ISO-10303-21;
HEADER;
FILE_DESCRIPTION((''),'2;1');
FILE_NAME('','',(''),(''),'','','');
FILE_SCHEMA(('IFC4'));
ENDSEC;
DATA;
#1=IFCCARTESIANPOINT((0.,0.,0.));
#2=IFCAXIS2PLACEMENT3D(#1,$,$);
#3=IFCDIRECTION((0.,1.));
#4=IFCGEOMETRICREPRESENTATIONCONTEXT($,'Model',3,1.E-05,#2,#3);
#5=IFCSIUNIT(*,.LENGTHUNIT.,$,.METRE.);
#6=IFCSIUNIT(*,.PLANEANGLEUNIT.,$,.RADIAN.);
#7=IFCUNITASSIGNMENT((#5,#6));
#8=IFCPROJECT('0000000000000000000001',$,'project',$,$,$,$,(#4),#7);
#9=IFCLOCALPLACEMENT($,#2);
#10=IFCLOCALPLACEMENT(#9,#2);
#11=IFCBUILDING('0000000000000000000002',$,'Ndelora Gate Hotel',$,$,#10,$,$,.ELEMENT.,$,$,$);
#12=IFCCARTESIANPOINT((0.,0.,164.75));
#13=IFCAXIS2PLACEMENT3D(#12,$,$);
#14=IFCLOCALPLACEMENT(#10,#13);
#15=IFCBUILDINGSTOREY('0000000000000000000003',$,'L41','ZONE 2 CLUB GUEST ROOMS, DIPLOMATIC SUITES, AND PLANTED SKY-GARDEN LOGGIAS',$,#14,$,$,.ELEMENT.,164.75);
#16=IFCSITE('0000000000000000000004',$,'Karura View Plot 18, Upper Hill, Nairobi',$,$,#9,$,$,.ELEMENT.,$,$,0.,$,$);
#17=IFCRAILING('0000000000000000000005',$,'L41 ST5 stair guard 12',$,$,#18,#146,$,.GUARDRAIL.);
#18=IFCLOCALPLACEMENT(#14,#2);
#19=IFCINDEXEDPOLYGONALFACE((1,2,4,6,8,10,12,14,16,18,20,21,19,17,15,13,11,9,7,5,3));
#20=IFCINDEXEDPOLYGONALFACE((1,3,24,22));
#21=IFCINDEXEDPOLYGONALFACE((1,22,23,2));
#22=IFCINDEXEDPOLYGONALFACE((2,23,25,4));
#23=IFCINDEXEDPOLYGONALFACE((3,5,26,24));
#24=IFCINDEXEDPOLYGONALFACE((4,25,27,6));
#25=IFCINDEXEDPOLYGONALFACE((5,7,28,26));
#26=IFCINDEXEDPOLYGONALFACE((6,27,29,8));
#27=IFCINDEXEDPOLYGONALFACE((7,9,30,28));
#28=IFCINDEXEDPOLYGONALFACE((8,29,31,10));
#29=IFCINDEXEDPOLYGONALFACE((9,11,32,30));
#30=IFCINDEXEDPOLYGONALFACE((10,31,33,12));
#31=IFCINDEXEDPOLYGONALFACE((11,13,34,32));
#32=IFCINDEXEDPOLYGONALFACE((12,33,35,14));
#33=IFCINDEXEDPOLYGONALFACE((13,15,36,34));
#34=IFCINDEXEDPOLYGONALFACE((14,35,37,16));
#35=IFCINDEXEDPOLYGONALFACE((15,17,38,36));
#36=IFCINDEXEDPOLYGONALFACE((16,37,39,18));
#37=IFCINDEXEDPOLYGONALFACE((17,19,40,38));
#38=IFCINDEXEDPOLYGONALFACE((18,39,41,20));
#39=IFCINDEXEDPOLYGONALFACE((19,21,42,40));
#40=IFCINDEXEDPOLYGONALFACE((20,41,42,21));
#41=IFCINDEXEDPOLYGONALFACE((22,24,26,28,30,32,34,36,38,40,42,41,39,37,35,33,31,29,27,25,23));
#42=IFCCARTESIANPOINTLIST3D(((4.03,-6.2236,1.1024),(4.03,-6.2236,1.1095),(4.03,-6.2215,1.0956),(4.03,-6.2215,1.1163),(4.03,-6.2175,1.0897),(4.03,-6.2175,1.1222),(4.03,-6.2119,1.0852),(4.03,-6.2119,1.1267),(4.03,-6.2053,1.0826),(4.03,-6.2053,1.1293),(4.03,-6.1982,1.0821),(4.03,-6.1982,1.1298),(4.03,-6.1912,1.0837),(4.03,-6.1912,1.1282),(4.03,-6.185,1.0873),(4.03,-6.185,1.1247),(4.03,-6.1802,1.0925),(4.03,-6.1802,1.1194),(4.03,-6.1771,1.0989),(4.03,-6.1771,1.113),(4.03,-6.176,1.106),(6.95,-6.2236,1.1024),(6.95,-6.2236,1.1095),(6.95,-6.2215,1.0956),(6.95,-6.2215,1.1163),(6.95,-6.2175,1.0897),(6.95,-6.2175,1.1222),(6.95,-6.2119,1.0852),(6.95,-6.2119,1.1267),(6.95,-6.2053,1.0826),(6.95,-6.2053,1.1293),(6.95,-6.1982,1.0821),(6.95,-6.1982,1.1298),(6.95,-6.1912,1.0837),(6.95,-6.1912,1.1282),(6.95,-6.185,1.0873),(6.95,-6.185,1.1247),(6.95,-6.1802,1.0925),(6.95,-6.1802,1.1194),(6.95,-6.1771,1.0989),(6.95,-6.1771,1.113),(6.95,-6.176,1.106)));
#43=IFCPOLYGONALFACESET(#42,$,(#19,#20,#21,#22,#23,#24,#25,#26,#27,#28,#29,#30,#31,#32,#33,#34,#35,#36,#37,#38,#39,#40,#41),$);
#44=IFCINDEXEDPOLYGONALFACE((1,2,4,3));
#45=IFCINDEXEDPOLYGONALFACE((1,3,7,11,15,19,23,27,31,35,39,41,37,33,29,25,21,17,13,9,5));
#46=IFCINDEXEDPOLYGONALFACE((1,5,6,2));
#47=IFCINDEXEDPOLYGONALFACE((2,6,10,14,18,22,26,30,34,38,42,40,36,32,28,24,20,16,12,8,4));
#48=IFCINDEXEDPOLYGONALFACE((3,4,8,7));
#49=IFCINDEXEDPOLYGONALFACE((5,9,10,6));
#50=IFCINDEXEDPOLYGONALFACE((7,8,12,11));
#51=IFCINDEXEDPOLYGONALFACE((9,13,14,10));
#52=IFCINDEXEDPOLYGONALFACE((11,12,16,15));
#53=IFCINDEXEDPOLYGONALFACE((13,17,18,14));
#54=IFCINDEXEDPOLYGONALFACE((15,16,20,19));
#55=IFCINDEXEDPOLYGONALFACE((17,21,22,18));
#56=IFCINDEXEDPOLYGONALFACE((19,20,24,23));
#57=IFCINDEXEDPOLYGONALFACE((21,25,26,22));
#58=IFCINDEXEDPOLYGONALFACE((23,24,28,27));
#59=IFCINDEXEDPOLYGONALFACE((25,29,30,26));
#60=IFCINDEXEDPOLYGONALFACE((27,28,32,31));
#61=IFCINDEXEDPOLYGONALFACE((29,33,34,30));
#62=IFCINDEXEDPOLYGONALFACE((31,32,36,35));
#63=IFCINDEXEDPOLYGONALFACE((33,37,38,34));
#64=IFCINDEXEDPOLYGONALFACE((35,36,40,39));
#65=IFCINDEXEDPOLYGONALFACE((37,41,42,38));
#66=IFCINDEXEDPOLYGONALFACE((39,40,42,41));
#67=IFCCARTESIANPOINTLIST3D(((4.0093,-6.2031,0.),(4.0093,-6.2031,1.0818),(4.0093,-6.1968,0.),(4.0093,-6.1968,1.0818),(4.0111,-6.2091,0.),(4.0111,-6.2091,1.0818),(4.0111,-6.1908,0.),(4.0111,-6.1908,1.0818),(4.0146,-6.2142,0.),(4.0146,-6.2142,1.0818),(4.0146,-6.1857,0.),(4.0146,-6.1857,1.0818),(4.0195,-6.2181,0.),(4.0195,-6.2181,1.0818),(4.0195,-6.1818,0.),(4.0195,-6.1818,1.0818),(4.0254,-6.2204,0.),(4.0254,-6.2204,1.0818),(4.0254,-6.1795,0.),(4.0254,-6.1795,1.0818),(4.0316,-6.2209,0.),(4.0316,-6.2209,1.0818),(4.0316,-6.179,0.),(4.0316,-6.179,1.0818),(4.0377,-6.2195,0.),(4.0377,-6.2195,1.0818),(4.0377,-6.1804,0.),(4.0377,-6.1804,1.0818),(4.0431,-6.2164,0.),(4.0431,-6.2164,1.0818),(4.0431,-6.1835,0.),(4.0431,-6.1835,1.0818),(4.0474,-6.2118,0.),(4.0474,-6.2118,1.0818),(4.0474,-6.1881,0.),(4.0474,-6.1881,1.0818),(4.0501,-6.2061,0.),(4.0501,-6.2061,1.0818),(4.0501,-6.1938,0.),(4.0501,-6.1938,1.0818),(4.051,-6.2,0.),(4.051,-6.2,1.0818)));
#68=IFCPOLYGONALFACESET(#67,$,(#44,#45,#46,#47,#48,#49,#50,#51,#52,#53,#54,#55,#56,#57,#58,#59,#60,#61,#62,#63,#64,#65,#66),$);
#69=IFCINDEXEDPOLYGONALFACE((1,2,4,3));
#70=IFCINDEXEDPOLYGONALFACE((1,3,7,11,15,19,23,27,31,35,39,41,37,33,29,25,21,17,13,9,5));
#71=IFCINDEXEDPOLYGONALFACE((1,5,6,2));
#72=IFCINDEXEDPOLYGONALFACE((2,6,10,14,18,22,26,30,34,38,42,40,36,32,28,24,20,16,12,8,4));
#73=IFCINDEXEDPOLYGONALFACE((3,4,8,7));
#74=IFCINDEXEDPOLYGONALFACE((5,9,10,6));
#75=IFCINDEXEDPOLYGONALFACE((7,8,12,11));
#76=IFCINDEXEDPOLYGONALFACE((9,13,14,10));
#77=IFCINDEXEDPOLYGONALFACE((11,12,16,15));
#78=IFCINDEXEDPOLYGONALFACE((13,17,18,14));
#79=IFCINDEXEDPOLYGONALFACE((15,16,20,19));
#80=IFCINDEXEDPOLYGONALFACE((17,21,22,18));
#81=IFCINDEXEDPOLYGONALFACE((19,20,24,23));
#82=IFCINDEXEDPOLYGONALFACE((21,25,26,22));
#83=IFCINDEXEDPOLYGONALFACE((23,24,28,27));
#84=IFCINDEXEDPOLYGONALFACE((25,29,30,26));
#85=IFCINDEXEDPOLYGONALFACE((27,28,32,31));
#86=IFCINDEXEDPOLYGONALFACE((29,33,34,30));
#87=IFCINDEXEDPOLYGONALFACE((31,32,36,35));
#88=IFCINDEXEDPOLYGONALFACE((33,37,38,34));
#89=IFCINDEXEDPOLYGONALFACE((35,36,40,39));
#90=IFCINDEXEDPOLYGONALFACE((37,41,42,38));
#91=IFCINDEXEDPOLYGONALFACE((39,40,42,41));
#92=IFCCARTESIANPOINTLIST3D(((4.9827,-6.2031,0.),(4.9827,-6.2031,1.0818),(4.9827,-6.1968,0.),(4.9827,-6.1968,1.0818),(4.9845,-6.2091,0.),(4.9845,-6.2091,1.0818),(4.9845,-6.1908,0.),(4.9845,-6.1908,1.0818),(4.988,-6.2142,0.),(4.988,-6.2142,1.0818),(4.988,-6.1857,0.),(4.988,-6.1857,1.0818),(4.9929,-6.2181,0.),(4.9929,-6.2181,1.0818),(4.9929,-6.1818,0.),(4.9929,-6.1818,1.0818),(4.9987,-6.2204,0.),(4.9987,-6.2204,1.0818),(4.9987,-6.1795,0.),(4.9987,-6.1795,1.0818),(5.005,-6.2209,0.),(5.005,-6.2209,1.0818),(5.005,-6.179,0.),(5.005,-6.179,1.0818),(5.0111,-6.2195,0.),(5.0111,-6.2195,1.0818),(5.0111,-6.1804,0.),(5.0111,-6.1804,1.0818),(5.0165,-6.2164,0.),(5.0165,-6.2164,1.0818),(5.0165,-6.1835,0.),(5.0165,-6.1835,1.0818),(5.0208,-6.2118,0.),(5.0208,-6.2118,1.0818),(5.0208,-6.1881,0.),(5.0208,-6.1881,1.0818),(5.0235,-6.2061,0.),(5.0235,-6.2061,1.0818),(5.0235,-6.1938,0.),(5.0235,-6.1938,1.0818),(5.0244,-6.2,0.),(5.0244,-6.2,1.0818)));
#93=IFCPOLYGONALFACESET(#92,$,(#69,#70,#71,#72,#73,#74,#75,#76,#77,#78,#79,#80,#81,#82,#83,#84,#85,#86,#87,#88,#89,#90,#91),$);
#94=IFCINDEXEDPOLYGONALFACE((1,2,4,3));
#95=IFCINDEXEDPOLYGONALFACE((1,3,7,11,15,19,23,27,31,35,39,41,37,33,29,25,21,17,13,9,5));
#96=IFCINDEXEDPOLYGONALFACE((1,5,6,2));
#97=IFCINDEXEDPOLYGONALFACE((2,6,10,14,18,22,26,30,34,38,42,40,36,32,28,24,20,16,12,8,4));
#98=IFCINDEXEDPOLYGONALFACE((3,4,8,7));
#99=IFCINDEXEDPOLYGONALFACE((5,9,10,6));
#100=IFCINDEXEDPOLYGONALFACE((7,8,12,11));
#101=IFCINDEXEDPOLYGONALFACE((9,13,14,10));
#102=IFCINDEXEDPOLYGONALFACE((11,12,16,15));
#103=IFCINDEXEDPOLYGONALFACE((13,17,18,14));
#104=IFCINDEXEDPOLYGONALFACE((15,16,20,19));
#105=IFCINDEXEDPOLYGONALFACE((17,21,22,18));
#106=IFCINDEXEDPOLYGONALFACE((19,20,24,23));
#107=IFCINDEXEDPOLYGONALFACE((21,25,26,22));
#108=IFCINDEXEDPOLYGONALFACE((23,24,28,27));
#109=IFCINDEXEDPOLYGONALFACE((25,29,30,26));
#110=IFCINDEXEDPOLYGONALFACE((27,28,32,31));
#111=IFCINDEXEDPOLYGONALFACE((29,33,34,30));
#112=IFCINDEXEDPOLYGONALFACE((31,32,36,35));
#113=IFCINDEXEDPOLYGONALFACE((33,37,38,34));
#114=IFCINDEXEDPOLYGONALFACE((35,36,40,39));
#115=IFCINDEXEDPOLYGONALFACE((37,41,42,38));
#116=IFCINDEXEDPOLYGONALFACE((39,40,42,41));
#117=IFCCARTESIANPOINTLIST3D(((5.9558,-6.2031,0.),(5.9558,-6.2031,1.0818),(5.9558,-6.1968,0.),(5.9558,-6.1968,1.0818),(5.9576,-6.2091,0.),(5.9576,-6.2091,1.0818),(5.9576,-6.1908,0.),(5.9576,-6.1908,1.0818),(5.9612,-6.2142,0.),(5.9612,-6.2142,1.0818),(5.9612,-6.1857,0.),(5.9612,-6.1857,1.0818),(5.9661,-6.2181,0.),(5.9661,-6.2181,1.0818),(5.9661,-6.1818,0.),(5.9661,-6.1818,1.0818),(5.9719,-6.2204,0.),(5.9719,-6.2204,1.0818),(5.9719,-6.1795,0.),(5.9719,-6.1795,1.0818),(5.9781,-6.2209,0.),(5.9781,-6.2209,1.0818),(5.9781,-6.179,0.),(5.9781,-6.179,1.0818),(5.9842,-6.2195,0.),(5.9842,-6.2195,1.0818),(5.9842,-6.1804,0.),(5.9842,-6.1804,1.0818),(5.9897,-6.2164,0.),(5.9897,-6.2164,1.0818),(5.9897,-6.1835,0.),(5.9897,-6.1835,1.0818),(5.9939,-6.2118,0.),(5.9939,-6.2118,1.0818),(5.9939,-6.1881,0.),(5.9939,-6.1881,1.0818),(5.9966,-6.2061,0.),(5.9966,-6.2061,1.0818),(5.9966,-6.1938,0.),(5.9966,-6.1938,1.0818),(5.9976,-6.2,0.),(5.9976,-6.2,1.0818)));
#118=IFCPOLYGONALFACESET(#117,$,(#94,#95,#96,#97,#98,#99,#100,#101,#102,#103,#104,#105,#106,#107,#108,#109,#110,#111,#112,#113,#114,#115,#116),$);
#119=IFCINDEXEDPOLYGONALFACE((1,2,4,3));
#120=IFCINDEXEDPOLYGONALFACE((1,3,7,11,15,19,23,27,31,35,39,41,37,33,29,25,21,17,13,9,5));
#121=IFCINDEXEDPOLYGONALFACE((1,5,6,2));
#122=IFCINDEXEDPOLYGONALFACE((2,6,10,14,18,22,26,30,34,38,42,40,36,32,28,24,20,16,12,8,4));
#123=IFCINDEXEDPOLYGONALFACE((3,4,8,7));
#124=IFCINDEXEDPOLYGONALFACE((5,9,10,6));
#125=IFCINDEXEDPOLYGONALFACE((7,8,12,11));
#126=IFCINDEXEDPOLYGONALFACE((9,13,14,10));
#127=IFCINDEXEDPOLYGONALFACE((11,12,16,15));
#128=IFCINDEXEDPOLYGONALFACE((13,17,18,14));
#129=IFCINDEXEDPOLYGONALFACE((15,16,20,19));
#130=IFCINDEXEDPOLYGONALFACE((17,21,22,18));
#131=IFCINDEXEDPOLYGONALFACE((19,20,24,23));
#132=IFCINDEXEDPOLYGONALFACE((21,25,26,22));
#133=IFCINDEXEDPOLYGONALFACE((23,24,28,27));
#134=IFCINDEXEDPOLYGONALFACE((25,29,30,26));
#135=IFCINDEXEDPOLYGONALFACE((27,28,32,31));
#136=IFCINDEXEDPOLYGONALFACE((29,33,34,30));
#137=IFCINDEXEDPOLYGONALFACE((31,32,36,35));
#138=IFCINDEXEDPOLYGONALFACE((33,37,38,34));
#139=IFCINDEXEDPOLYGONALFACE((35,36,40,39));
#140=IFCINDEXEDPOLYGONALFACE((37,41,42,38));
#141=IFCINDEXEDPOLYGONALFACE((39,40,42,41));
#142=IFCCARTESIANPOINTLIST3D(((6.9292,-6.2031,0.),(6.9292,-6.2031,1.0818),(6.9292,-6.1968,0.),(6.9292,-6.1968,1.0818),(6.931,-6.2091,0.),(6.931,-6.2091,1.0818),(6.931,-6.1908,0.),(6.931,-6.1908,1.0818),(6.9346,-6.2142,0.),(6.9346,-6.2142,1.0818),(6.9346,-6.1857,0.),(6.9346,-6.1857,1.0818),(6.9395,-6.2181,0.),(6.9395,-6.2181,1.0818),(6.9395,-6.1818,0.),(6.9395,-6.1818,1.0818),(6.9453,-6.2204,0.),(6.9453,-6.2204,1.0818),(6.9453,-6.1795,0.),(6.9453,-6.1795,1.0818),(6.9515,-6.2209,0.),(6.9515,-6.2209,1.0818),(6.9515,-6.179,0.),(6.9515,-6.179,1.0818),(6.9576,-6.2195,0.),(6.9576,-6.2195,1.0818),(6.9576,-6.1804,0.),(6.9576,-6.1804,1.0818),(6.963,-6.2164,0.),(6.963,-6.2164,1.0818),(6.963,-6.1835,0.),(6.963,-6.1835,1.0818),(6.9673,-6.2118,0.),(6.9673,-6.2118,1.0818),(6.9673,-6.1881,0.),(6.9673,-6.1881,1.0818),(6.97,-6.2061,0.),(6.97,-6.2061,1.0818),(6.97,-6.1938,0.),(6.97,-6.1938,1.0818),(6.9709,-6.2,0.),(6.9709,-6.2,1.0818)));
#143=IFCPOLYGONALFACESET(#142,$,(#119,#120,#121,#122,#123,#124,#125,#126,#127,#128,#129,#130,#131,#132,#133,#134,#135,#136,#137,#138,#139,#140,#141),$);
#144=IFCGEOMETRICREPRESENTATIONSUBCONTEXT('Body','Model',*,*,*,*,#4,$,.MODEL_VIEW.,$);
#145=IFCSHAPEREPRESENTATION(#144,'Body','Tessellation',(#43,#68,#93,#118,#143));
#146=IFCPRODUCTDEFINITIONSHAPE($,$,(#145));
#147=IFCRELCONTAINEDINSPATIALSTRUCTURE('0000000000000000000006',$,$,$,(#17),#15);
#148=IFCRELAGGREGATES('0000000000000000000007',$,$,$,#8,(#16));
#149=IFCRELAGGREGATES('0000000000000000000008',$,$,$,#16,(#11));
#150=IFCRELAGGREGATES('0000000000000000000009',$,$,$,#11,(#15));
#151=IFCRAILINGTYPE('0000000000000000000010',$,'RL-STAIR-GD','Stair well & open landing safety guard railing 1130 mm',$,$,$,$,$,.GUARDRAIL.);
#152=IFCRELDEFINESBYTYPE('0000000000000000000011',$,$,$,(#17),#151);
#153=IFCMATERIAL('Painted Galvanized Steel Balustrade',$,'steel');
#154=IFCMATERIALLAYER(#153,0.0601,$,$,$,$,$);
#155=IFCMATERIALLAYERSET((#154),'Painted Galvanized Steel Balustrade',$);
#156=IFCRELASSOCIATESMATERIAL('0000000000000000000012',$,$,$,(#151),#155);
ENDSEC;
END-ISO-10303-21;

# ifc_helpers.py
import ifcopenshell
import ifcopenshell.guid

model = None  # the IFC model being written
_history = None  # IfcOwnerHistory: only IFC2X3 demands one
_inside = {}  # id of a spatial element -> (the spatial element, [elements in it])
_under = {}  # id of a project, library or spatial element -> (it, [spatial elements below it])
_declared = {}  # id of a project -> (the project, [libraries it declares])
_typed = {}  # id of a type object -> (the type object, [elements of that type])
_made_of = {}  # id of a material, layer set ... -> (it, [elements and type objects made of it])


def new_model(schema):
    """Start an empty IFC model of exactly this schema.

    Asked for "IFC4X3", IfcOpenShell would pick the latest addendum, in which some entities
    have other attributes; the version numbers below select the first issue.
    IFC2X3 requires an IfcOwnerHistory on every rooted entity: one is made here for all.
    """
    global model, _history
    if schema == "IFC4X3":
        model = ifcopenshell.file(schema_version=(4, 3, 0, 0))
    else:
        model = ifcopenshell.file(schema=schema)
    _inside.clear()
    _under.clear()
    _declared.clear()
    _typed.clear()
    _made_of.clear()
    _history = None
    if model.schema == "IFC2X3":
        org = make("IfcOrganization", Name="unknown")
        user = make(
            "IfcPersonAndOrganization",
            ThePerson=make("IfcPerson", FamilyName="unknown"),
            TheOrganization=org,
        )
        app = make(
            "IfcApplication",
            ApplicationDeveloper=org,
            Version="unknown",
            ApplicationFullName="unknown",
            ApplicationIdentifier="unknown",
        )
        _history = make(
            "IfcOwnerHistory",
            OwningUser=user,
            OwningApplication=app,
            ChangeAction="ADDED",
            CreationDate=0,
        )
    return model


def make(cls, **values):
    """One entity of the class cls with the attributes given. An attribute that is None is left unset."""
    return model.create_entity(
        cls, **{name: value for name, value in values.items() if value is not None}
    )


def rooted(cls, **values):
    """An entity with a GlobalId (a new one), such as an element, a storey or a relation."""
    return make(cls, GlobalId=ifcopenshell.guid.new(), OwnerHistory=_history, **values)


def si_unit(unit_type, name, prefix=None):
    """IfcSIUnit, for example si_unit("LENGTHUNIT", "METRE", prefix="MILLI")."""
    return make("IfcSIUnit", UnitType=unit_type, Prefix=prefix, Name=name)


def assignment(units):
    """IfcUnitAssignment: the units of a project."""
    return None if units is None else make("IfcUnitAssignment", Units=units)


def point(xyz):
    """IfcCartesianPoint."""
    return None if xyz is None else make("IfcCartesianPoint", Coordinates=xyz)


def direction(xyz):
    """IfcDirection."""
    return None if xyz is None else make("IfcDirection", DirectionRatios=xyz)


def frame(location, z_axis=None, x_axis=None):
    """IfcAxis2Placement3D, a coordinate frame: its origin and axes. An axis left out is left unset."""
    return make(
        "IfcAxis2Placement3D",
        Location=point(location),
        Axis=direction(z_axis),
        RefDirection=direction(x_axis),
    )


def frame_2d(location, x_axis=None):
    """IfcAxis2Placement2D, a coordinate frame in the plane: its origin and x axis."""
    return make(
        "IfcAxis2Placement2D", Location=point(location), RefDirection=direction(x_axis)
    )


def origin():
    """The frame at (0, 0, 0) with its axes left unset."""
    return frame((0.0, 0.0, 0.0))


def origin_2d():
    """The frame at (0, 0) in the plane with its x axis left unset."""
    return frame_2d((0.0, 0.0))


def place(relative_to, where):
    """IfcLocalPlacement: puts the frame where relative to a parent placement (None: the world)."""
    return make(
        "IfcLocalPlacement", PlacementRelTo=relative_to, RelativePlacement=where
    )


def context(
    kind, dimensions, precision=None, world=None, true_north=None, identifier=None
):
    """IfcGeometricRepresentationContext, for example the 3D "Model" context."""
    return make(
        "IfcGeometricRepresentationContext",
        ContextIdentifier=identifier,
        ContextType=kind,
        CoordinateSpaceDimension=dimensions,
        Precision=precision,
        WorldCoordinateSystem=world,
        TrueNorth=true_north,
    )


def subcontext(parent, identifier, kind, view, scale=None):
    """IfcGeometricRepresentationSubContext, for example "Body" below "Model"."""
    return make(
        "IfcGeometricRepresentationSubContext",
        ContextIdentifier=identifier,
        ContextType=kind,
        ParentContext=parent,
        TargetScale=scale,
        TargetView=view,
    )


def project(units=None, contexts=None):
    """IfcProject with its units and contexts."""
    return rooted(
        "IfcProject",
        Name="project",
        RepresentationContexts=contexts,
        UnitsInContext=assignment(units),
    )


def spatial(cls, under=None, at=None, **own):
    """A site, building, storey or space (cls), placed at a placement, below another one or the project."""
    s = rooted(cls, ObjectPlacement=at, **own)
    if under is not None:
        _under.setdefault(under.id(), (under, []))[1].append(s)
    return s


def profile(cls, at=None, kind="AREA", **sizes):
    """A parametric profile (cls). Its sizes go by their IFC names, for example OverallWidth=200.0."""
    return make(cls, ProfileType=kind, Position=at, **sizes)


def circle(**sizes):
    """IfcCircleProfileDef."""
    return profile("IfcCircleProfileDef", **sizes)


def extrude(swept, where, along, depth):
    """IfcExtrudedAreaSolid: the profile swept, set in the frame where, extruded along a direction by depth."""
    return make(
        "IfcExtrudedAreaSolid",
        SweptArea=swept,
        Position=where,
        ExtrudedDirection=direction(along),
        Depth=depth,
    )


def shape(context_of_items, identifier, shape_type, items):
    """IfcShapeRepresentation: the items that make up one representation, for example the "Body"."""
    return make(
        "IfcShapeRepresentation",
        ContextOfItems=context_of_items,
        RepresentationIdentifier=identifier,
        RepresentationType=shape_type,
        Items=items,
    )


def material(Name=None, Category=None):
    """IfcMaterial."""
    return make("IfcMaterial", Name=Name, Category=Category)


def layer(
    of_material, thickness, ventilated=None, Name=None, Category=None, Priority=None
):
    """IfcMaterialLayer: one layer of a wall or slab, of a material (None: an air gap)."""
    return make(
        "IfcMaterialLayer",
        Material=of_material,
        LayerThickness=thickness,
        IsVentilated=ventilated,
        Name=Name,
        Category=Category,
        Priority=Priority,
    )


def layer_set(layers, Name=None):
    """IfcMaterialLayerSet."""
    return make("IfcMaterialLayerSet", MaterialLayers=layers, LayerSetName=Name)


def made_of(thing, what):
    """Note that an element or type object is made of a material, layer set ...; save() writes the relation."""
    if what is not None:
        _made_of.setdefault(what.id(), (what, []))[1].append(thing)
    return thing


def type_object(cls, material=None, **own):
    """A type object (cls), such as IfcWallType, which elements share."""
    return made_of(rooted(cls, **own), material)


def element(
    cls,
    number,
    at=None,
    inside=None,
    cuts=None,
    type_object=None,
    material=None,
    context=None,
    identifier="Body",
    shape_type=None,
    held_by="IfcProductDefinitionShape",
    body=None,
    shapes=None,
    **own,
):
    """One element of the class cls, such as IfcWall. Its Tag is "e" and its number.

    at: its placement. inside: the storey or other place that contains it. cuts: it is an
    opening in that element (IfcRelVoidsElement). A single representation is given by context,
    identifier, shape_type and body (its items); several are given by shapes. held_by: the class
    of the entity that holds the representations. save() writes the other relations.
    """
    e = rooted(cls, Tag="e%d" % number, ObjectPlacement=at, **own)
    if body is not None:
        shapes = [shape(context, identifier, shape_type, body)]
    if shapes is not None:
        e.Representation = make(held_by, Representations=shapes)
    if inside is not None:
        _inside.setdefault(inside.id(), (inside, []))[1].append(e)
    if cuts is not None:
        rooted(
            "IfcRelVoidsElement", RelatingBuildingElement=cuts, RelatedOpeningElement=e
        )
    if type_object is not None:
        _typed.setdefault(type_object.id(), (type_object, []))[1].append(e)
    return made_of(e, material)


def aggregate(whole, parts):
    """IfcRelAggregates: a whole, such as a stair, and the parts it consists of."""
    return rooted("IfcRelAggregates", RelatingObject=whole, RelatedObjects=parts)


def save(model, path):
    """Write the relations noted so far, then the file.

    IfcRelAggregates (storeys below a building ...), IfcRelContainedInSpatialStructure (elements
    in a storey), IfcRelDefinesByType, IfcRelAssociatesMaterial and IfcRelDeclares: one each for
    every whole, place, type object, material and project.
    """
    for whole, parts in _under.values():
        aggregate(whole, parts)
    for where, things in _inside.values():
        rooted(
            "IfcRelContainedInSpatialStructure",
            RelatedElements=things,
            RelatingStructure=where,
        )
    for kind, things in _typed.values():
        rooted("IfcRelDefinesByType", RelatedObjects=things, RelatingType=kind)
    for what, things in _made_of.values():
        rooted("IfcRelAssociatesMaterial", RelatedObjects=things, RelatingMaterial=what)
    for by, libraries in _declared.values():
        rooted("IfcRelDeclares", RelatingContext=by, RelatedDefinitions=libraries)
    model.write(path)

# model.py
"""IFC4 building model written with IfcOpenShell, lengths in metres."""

from ifc_helpers import new_model, si_unit, direction, frame, origin, origin_2d, place, context, subcontext, project, spatial, circle, extrude, material, layer, layer_set, type_object, element, save


model = new_model("IFC4")

# Units and contexts
model_context = context("Model", 3, precision=1e-05, world=origin(), true_north=direction((0.0, 1.0)))
body_context = subcontext(model_context, "Body", "Model", "MODEL_VIEW")
ifc_project = project(units=[si_unit("LENGTHUNIT", "METRE"), si_unit("PLANEANGLEUNIT", "RADIAN")], contexts=[model_context])

# Site, building, storey
site_placement = place(None, origin())
site = spatial("IfcSite", under=ifc_project, at=site_placement, Name="Karura View Plot 18, Upper Hill, Nairobi", CompositionType="ELEMENT", RefElevation=0.0)
building_placement = place(site_placement, origin())
building = spatial("IfcBuilding", under=site, at=building_placement, Name="Ndelora Gate Hotel", CompositionType="ELEMENT")
storey_placement = place(building_placement, frame((0.0, 0.0, 164.75)))
storey = spatial("IfcBuildingStorey", under=building, at=storey_placement, Name="L41", Description="ZONE 2 CLUB GUEST ROOMS, DIPLOMATIC SUITES, AND PLANTED SKY-GARDEN LOGGIAS", CompositionType="ELEMENT", Elevation=164.75)

# Railing
ifc_material_1 = material(Name="Painted Galvanized Steel Balustrade", Category="steel")
ifc_layer_1 = layer(ifc_material_1, 0.0601)
ifc_layer_set_1 = layer_set([ifc_layer_1], Name="Painted Galvanized Steel Balustrade")
railing_type_1 = type_object("IfcRailingType", Name="RL-STAIR-GD", Description="Stair well & open landing safety guard railing 1130 mm", PredefinedType="GUARDRAIL", material=ifc_layer_set_1)
railing_1_placement = place(storey_placement, frame((4.03, -6.2, 0.0)))
element("IfcRailing", 1, at=railing_1_placement, inside=storey, type_object=railing_type_1, Name="L41 ST5 stair guard 12", PredefinedType="GUARDRAIL", context=body_context, shape_type="SweptSolid", body=[
    extrude(circle(Radius=0.0239, at=origin_2d()), frame((0.0, 0.0, 1.106), z_axis=(1.0, 0.0, 0.0), x_axis=(0.0, 1.0, 0.0)), (0.0, 0.0, 1.0), 2.9199),
    extrude(circle(Radius=0.021, at=origin_2d()), origin(), (0.0, 0.0, 1.0), 1.0818),
    extrude(circle(Radius=0.021, at=origin_2d()), frame((0.9734, 0.0, 0.0)), (0.0, 0.0, 1.0), 1.0818),
    extrude(circle(Radius=0.021, at=origin_2d()), frame((1.9465, 0.0, 0.0)), (0.0, 0.0, 1.0), 1.0818),
    extrude(circle(Radius=0.021, at=origin_2d()), frame((2.9199, 0.0, 0.0)), (0.0, 0.0, 1.0), 1.0818),
])

save(model, "model.ifc")
